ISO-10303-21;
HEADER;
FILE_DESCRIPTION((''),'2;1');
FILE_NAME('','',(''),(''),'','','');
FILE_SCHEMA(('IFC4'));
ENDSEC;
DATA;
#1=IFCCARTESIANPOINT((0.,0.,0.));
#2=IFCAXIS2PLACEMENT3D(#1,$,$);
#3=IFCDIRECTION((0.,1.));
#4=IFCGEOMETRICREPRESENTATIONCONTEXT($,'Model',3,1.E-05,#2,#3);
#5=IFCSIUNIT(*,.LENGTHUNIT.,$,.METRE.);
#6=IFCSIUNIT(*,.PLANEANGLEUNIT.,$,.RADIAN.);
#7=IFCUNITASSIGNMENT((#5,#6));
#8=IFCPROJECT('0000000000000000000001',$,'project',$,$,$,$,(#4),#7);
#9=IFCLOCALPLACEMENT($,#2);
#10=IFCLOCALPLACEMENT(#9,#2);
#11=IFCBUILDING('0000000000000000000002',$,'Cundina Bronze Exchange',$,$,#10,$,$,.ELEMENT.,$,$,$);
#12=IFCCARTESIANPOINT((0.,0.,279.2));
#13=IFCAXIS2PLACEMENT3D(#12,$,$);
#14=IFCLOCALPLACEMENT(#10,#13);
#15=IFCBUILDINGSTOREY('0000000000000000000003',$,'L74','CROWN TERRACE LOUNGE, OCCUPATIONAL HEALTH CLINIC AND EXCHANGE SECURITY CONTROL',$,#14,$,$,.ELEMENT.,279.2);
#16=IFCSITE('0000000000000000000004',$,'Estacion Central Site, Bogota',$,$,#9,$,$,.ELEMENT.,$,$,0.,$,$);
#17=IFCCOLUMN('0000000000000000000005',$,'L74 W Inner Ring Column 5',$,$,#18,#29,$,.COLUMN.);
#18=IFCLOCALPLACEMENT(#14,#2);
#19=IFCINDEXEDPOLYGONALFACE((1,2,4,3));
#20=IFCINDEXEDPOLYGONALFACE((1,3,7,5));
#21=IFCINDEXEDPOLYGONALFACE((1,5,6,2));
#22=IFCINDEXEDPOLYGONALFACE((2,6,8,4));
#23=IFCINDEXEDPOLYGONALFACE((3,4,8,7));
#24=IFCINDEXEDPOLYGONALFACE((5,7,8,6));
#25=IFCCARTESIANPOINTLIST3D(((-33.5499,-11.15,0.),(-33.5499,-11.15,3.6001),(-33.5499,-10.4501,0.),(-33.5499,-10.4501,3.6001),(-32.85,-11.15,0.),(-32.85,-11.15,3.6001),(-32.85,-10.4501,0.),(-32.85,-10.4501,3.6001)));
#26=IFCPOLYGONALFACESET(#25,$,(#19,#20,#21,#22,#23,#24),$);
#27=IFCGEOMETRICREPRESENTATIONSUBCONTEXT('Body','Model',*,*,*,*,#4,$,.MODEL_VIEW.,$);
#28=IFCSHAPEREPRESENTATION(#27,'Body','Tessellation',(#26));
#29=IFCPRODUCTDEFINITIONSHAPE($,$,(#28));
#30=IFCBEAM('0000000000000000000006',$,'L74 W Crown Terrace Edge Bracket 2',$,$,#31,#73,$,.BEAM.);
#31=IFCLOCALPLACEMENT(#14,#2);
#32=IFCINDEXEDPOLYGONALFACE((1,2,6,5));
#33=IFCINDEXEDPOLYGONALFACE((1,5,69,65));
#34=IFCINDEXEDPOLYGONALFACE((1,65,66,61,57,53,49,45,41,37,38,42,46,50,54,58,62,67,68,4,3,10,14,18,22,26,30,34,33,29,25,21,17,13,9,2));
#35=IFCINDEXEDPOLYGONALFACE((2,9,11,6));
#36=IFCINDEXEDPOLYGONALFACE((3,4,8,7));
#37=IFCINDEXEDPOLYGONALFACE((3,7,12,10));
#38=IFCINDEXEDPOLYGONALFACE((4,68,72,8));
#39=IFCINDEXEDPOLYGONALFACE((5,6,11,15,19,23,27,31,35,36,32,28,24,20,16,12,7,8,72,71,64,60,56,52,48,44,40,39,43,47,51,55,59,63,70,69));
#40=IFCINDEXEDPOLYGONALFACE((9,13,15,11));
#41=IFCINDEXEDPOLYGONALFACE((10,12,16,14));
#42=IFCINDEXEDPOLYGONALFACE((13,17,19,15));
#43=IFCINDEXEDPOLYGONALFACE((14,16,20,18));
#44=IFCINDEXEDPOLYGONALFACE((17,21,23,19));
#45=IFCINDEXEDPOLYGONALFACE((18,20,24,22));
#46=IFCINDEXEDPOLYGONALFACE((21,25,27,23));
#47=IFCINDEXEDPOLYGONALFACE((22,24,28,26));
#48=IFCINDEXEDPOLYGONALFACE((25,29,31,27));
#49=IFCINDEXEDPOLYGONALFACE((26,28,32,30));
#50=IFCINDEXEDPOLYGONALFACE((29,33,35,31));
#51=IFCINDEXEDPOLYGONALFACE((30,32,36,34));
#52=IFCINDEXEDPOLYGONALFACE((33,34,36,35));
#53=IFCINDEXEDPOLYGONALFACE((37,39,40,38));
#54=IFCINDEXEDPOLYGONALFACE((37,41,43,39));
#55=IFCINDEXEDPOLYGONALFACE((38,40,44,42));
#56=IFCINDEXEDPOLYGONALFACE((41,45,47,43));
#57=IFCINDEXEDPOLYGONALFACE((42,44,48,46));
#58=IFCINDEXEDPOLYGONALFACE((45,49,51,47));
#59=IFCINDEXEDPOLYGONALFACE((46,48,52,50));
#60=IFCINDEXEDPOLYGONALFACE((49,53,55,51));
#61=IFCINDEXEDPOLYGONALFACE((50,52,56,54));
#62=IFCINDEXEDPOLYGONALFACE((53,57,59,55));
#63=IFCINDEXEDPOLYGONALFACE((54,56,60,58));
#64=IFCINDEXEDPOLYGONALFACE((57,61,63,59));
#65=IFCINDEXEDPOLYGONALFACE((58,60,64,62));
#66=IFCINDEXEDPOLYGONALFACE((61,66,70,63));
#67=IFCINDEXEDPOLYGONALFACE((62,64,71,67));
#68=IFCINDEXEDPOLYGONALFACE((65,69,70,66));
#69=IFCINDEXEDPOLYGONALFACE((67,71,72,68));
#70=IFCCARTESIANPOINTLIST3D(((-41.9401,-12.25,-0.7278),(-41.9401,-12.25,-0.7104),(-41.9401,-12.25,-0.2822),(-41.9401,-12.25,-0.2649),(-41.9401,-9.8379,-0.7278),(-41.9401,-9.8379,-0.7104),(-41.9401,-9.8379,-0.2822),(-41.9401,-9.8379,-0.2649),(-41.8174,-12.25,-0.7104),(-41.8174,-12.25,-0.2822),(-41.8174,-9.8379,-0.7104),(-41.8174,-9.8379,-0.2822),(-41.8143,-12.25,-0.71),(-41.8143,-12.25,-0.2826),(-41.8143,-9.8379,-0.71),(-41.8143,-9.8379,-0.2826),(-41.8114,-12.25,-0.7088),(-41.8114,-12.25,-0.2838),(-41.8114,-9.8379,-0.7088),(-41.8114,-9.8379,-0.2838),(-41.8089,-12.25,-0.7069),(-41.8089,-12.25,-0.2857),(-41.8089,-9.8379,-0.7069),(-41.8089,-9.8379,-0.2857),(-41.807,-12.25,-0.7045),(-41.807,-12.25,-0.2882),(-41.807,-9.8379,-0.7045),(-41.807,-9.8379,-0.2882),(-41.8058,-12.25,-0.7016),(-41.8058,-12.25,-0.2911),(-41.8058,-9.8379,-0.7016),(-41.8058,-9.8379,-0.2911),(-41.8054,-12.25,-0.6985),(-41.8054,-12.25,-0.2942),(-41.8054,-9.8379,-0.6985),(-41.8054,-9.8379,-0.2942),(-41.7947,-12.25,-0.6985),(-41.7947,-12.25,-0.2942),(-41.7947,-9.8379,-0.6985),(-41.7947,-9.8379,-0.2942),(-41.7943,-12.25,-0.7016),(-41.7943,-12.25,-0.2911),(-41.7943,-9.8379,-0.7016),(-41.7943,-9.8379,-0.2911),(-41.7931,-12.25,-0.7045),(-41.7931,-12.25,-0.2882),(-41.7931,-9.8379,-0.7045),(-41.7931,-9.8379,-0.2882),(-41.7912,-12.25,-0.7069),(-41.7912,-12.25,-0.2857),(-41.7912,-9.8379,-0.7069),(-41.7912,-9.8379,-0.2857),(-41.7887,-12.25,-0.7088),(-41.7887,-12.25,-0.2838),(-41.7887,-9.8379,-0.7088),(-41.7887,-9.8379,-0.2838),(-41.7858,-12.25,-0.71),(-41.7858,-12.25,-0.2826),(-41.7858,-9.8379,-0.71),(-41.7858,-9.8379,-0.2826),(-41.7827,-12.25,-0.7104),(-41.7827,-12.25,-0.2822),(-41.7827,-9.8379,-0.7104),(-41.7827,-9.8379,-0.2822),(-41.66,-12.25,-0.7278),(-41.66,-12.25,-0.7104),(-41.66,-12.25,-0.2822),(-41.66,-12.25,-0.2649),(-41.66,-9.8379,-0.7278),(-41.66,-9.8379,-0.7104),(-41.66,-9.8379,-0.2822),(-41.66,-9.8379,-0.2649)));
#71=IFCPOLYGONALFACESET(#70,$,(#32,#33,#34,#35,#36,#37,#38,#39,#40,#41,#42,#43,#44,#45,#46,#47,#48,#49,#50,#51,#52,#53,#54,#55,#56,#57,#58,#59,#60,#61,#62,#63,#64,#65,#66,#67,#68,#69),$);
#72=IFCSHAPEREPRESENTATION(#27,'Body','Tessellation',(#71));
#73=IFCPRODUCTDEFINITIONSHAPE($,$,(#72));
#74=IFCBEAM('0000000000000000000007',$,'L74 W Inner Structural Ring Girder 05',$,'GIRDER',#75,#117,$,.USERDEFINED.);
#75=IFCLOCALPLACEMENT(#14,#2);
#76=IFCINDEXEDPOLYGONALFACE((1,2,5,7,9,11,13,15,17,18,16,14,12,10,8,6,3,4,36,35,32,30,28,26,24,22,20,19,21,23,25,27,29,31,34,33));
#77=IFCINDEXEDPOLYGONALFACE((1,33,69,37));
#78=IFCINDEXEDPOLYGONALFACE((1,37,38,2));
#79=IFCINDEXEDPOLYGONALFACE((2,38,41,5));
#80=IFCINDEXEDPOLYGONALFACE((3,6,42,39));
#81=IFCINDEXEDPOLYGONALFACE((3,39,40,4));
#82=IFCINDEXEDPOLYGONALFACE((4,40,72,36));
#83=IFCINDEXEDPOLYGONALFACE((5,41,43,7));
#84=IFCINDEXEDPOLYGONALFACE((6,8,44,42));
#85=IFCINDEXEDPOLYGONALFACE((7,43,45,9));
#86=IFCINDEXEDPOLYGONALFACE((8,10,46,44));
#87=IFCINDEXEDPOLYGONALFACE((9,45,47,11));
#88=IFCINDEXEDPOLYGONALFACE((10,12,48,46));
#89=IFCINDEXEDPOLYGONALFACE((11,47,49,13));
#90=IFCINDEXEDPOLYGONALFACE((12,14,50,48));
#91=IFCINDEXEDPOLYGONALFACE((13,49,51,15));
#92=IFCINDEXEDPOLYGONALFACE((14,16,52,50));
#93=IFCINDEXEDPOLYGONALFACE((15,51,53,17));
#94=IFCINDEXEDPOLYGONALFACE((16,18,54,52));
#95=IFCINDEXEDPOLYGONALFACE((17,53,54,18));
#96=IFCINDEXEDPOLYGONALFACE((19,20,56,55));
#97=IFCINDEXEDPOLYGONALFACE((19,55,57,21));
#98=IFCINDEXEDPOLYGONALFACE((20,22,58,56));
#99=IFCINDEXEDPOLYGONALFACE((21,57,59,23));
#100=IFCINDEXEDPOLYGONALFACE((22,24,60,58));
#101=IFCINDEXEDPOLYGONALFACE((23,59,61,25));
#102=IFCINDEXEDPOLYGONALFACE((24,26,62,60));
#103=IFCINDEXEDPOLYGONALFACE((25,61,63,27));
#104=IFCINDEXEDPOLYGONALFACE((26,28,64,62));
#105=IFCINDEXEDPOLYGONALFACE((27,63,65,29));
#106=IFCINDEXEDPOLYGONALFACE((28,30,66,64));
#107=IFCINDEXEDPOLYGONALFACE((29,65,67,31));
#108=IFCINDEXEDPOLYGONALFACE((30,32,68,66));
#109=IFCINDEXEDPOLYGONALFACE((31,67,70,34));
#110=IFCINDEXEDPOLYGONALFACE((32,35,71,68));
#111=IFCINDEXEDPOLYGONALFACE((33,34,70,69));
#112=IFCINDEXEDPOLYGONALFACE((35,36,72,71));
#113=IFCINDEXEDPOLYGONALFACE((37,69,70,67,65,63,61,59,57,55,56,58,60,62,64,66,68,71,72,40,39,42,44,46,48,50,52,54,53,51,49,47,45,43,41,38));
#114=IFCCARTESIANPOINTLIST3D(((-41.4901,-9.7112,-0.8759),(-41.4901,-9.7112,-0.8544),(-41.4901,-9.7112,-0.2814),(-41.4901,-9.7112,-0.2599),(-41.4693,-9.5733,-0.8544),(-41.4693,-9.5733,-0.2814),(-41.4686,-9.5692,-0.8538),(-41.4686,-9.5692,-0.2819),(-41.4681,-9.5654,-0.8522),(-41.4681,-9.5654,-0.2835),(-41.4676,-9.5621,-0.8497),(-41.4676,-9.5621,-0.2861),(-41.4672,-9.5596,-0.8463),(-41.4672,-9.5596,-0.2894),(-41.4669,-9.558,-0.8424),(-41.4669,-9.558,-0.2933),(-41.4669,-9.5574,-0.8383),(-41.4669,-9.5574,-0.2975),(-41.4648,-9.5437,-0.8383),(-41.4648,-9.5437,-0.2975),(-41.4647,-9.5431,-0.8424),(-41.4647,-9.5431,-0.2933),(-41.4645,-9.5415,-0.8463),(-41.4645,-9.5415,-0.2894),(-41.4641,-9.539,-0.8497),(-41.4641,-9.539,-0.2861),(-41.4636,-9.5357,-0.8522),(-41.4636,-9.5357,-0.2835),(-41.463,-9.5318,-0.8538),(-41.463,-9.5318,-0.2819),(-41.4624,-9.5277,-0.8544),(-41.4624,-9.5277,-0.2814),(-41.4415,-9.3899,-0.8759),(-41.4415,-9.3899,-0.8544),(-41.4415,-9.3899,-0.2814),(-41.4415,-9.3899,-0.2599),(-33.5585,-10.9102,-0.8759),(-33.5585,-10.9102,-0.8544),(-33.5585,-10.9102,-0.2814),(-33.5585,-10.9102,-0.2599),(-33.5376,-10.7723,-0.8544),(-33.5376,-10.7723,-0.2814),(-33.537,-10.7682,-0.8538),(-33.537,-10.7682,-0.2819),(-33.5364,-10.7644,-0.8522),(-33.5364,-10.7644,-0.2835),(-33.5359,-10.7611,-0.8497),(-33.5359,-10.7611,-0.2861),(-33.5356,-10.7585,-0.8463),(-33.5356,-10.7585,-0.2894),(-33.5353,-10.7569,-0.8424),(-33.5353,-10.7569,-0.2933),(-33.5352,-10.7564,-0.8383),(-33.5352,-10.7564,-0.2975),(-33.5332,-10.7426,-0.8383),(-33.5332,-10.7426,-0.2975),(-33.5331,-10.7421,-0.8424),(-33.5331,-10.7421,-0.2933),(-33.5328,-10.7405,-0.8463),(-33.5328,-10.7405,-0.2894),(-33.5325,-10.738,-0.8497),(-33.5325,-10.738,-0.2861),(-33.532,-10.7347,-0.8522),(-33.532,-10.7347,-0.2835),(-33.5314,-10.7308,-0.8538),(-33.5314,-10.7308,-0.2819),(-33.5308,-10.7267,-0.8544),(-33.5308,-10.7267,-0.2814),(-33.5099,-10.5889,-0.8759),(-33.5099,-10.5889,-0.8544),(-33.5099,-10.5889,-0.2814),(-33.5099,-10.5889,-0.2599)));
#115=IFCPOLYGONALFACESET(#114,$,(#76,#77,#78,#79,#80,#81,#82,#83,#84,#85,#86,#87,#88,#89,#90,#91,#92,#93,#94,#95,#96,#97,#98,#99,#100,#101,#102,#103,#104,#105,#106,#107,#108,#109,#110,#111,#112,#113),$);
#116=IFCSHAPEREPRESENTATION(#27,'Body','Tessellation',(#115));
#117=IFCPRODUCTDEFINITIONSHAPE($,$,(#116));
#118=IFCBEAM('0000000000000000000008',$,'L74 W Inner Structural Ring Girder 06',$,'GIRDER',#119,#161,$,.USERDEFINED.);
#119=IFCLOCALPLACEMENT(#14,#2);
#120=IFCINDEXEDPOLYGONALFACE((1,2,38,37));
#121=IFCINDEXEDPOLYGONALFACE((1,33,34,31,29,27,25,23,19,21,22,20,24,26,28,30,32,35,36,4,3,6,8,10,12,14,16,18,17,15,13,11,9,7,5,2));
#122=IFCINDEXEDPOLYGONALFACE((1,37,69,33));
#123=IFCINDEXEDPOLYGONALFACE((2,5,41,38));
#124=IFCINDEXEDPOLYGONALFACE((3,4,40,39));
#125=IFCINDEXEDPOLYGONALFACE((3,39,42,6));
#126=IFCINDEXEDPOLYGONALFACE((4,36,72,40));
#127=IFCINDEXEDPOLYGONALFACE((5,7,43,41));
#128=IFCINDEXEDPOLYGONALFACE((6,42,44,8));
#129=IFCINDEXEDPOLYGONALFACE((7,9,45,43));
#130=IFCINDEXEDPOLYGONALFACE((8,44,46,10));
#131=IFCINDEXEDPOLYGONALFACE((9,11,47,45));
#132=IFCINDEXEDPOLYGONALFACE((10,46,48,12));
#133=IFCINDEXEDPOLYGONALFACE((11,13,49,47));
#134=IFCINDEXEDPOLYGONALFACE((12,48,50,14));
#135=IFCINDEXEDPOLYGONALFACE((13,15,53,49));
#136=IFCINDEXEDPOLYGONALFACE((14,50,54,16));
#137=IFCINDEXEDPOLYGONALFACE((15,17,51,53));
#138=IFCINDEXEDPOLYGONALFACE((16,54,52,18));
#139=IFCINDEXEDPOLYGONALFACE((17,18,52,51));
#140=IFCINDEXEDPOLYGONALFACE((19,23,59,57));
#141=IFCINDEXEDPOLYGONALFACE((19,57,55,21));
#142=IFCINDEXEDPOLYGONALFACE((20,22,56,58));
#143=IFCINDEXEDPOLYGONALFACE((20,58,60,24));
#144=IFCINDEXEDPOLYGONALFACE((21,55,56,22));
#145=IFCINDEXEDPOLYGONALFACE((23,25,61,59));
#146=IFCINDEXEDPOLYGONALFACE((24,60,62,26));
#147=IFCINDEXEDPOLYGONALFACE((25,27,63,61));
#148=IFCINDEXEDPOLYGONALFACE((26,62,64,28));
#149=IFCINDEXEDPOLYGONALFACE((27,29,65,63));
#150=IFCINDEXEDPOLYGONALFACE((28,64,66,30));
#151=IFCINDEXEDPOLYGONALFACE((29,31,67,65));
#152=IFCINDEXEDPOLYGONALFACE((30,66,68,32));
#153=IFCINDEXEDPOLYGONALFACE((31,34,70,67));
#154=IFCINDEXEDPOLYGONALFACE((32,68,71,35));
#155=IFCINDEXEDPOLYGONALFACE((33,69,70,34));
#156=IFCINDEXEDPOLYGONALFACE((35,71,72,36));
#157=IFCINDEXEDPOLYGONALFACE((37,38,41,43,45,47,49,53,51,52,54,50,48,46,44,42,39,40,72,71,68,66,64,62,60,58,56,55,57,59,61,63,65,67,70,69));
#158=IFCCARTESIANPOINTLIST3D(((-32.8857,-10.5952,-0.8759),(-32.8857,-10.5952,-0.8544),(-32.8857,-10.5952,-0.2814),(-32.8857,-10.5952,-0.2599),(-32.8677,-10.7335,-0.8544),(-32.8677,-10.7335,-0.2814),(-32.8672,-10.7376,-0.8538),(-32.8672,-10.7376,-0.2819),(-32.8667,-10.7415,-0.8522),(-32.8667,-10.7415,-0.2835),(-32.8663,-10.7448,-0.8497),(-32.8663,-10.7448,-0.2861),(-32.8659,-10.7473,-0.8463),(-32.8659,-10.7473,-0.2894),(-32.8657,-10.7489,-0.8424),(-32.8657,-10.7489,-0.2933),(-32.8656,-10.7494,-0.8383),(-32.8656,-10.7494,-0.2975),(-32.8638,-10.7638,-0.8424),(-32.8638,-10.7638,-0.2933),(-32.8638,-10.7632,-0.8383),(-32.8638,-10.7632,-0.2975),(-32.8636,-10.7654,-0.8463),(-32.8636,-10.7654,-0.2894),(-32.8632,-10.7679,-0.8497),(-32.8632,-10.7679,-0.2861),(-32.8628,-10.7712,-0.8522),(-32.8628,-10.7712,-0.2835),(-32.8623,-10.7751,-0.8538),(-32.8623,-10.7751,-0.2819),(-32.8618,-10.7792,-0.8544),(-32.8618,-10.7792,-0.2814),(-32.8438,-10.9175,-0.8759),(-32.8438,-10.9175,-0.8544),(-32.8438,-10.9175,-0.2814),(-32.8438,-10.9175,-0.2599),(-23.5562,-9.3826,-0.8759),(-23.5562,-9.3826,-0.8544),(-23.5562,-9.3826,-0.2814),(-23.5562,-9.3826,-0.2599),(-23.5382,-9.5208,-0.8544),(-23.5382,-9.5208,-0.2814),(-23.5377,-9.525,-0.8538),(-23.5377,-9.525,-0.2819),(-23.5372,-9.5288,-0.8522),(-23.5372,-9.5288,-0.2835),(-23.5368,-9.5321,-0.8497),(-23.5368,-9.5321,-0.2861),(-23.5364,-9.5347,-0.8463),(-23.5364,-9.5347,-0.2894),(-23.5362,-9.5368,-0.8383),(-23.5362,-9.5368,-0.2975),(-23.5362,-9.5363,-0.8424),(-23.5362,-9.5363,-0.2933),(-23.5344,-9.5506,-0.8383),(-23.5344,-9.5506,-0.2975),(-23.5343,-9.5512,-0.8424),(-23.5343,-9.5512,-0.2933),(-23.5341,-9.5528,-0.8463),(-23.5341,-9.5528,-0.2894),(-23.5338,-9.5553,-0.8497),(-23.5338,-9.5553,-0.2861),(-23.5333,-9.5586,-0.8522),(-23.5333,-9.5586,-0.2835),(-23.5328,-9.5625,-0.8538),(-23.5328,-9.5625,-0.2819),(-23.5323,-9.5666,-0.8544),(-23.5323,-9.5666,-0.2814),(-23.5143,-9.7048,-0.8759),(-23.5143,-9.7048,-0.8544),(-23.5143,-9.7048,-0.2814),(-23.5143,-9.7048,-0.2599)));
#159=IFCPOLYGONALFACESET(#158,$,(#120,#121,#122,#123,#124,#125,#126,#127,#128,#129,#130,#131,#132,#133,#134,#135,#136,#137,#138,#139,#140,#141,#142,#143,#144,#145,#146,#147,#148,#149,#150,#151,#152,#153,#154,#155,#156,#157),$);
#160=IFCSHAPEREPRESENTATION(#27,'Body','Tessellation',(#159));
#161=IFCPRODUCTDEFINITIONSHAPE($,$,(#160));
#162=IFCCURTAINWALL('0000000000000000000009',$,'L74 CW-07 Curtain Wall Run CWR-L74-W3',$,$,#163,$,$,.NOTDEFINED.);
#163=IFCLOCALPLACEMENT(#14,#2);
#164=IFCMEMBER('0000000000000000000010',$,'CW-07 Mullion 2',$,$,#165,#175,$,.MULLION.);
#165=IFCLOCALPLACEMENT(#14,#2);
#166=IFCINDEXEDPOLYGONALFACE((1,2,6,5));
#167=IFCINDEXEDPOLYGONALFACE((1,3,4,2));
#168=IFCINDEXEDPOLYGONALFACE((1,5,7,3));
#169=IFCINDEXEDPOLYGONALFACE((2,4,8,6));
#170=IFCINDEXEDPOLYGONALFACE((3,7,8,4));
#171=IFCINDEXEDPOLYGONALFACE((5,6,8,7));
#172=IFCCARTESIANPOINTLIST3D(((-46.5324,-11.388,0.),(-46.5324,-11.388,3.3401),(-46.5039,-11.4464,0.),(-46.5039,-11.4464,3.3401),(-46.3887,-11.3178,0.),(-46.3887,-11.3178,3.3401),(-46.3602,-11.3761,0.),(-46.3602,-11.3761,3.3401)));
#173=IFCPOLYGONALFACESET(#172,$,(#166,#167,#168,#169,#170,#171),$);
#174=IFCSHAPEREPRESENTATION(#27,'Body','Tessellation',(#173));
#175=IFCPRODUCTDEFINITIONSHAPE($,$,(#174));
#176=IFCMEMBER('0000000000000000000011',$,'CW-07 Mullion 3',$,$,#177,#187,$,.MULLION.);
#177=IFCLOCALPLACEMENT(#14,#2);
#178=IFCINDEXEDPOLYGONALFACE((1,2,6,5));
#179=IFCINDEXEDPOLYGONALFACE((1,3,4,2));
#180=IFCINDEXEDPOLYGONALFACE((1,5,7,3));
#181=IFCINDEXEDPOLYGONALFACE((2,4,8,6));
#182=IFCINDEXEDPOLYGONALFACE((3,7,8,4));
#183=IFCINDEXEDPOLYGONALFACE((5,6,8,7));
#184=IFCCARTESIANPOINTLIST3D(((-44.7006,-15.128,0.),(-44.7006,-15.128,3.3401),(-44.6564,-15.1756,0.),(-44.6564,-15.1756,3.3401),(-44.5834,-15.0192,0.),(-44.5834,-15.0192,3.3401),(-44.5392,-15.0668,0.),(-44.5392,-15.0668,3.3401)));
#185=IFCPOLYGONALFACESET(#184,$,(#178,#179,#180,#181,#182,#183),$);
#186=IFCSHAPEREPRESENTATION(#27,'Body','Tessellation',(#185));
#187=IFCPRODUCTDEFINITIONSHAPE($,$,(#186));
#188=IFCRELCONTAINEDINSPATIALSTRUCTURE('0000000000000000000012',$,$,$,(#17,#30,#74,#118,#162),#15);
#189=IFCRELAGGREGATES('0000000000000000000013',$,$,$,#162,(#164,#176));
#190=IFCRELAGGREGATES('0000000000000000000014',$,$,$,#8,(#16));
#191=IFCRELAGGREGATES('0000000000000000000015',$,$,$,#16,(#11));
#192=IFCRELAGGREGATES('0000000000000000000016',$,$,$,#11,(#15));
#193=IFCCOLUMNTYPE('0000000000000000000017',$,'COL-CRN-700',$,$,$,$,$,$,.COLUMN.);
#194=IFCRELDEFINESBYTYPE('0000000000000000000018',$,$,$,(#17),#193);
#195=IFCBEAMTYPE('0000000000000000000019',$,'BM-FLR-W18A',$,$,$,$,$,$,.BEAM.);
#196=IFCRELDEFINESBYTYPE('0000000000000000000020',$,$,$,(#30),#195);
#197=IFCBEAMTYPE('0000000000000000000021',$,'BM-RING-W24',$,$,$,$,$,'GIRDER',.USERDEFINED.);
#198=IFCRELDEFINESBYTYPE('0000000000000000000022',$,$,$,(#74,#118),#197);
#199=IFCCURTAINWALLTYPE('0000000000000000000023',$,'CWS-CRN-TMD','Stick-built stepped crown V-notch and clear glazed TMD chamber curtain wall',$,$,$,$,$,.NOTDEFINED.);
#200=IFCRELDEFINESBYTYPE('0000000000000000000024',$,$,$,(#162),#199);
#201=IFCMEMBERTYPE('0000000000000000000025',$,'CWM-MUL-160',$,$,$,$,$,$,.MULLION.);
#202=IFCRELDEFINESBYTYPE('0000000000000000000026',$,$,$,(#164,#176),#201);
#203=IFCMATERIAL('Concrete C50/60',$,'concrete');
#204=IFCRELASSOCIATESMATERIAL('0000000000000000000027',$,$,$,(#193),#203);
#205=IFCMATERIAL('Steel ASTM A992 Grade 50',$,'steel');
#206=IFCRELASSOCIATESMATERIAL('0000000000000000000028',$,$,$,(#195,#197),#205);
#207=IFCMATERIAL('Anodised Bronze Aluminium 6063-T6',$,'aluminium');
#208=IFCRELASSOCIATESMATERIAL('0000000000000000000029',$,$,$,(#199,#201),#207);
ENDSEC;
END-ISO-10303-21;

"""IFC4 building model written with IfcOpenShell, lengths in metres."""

from ifc_helpers import new_model, si_unit, direction, frame, origin, origin_2d, place, context, subcontext, project, spatial, rectangle, i_section, extrude, material, material_profile, profile_set, type_object, element, aggregate, save


model = new_model("IFC4")

# Units and contexts
model_context = context("Model", 3, precision=1e-05, world=origin(), true_north=direction((0.0, 1.0)))
body_context = subcontext(model_context, "Body", "Model", "MODEL_VIEW")
ifc_project = project(units=[si_unit("LENGTHUNIT", "METRE"), si_unit("PLANEANGLEUNIT", "RADIAN")], contexts=[model_context])

# Site, building, storey
site_placement = place(None, origin())
site = spatial("IfcSite", under=ifc_project, at=site_placement, Name="Estacion Central Site, Bogota", CompositionType="ELEMENT", RefElevation=0.0)
building_placement = place(site_placement, origin())
building = spatial("IfcBuilding", under=site, at=building_placement, Name="Cundina Bronze Exchange", CompositionType="ELEMENT")
storey_placement = place(building_placement, frame((0.0, 0.0, 279.2)))
storey = spatial("IfcBuildingStorey", under=building, at=storey_placement, Name="L74", Description="CROWN TERRACE LOUNGE, OCCUPATIONAL HEALTH CLINIC AND EXCHANGE SECURITY CONTROL", CompositionType="ELEMENT", Elevation=279.2)

# Column
ifc_material_1 = material(Name="Concrete C50/60", Category="concrete")
ifc_material_profile_1 = material_profile(ifc_material_1, rectangle(XDim=0.7, YDim=0.7, at=origin_2d()), Name="RC700X700", Category="concrete")
ifc_profile_set_1 = profile_set([ifc_material_profile_1], Name="Concrete C50/60")
column_type = type_object("IfcColumnType", Name="COL-CRN-700", PredefinedType="COLUMN", material=ifc_profile_set_1)
column_placement = place(storey_placement, frame((-33.2, -10.8, 0.0), z_axis=(0.0, 0.0, 1.0), x_axis=(1.0, 0.0, 0.0)))
element("IfcColumn", 1, at=column_placement, inside=storey, type_object=column_type, Name="L74 W Inner Ring Column 5", PredefinedType="COLUMN", context=body_context, shape_type="SweptSolid", body=[
    extrude(rectangle(XDim=0.7, YDim=0.7, at=origin_2d()), origin(), (0.0, 0.0, 1.0), 3.6001),
])

# Beams
ifc_material_2 = material(Name="Steel ASTM A992 Grade 50", Category="steel")
ifc_material_profile_2 = material_profile(ifc_material_2, i_section(OverallWidth=0.28, OverallDepth=0.4629, WebThickness=0.0107, FlangeThickness=0.0173, FilletRadius=0.012, at=origin_2d()), Name="W18X76", Category="steel")
ifc_profile_set_2 = profile_set([ifc_material_profile_2], Name="Steel ASTM A992 Grade 50")
beam_type_1 = type_object("IfcBeamType", Name="BM-FLR-W18A", PredefinedType="BEAM", material=ifc_profile_set_2)
beam_1_placement = place(storey_placement, frame((-41.8, -9.8379, -0.4963), z_axis=(0.0, -1.0, 0.0), x_axis=(1.0, 0.0, 0.0)))
element("IfcBeam", 2, at=beam_1_placement, inside=storey, type_object=beam_type_1, Name="L74 W Crown Terrace Edge Bracket 2", PredefinedType="BEAM", context=body_context, shape_type="SweptSolid", body=[
    extrude(i_section(OverallWidth=0.28, OverallDepth=0.4629, WebThickness=0.0107, FlangeThickness=0.0173, FilletRadius=0.012, at=origin_2d()), origin(), (0.0, 0.0, 1.0), 2.4121),
])
ifc_material_profile_3 = material_profile(ifc_material_2, i_section(OverallWidth=0.325, OverallDepth=0.616, WebThickness=0.0139, FlangeThickness=0.0215, FilletRadius=0.0161, at=origin_2d()), Name="W24X117", Category="steel")
ifc_profile_set_3 = profile_set([ifc_material_profile_3], Name="Steel ASTM A992 Grade 50")
beam_type_2 = type_object("IfcBeamType", Name="BM-RING-W24", ElementType="GIRDER", PredefinedType="USERDEFINED", material=ifc_profile_set_3)
beam_2_placement = place(storey_placement, frame((-41.4658, -9.5505, -0.5679), z_axis=(0.988767, -0.149465, 0.0), x_axis=(0.149465, 0.988767, 0.0)))
element("IfcBeam", 3, at=beam_2_placement, inside=storey, type_object=beam_type_2, Name="L74 W Inner Structural Ring Girder 05", ObjectType="GIRDER", PredefinedType="USERDEFINED", context=body_context, shape_type="SweptSolid", body=[
    extrude(i_section(OverallWidth=0.325, OverallDepth=0.616, WebThickness=0.0139, FlangeThickness=0.0215, FilletRadius=0.0161, at=origin_2d()), origin(), (0.0, 0.0, 1.0), 8.0217),
])
beam_3_placement = place(storey_placement, frame((-32.8647, -10.7563, -0.5679), z_axis=(0.991658, 0.128894, 0.0), x_axis=(-0.128894, 0.991658, 0.0)))
element("IfcBeam", 4, at=beam_3_placement, inside=storey, type_object=beam_type_2, Name="L74 W Inner Structural Ring Girder 06", ObjectType="GIRDER", PredefinedType="USERDEFINED", context=body_context, shape_type="SweptSolid", body=[
    extrude(i_section(OverallWidth=0.325, OverallDepth=0.616, WebThickness=0.0139, FlangeThickness=0.0215, FilletRadius=0.0161, at=origin_2d()), origin(), (0.0, 0.0, 1.0), 9.408),
])

# Curtain wall, members
ifc_material_3 = material(Name="Anodised Bronze Aluminium 6063-T6", Category="aluminium")
curtain_wall_type = type_object("IfcCurtainWallType", Name="CWS-CRN-TMD", Description="Stick-built stepped crown V-notch and clear glazed TMD chamber curtain wall", PredefinedType="NOTDEFINED", material=ifc_material_3)
curtain_wall_placement = place(storey_placement, origin())
curtain_wall = element("IfcCurtainWall", 5, at=curtain_wall_placement, inside=storey, type_object=curtain_wall_type, Name="L74 CW-07 Curtain Wall Run CWR-L74-W3", PredefinedType="NOTDEFINED")
ifc_material_profile_4 = material_profile(ifc_material_3, rectangle(XDim=0.0649, YDim=0.1599, at=origin_2d()), Name="AL65X160", Category="aluminium")
ifc_profile_set_4 = profile_set([ifc_material_profile_4], Name="Anodised Bronze Aluminium 6063-T6")
member_type_1 = type_object("IfcMemberType", Name="CWM-MUL-160", PredefinedType="MULLION", material=ifc_profile_set_4)
member_1_placement = place(storey_placement, frame((-46.4463, -11.3821, 0.0), z_axis=(0.0, 0.0, 1.0), x_axis=(0.439155, -0.898411, 0.0)))
member_1 = element("IfcMember", 6, at=member_1_placement, type_object=member_type_1, Name="CW-07 Mullion 2", PredefinedType="MULLION", context=body_context, shape_type="SweptSolid", body=[
    extrude(rectangle(XDim=0.0649, YDim=0.1599, at=origin_2d()), origin(), (0.0, 0.0, 1.0), 3.3401),
])
member_2_placement = place(storey_placement, frame((-44.6199, -15.0974, 0.0), z_axis=(0.0, 0.0, 1.0), x_axis=(0.680465, -0.73278, 0.0)))
member_2 = element("IfcMember", 7, at=member_2_placement, type_object=member_type_1, Name="CW-07 Mullion 3", PredefinedType="MULLION", context=body_context, shape_type="SweptSolid", body=[
    extrude(rectangle(XDim=0.0649, YDim=0.1599, at=origin_2d()), origin(), (0.0, 0.0, 1.0), 3.3401),
])
aggregate(curtain_wall, [member_1, member_2])

save(model, "model.ifc")
